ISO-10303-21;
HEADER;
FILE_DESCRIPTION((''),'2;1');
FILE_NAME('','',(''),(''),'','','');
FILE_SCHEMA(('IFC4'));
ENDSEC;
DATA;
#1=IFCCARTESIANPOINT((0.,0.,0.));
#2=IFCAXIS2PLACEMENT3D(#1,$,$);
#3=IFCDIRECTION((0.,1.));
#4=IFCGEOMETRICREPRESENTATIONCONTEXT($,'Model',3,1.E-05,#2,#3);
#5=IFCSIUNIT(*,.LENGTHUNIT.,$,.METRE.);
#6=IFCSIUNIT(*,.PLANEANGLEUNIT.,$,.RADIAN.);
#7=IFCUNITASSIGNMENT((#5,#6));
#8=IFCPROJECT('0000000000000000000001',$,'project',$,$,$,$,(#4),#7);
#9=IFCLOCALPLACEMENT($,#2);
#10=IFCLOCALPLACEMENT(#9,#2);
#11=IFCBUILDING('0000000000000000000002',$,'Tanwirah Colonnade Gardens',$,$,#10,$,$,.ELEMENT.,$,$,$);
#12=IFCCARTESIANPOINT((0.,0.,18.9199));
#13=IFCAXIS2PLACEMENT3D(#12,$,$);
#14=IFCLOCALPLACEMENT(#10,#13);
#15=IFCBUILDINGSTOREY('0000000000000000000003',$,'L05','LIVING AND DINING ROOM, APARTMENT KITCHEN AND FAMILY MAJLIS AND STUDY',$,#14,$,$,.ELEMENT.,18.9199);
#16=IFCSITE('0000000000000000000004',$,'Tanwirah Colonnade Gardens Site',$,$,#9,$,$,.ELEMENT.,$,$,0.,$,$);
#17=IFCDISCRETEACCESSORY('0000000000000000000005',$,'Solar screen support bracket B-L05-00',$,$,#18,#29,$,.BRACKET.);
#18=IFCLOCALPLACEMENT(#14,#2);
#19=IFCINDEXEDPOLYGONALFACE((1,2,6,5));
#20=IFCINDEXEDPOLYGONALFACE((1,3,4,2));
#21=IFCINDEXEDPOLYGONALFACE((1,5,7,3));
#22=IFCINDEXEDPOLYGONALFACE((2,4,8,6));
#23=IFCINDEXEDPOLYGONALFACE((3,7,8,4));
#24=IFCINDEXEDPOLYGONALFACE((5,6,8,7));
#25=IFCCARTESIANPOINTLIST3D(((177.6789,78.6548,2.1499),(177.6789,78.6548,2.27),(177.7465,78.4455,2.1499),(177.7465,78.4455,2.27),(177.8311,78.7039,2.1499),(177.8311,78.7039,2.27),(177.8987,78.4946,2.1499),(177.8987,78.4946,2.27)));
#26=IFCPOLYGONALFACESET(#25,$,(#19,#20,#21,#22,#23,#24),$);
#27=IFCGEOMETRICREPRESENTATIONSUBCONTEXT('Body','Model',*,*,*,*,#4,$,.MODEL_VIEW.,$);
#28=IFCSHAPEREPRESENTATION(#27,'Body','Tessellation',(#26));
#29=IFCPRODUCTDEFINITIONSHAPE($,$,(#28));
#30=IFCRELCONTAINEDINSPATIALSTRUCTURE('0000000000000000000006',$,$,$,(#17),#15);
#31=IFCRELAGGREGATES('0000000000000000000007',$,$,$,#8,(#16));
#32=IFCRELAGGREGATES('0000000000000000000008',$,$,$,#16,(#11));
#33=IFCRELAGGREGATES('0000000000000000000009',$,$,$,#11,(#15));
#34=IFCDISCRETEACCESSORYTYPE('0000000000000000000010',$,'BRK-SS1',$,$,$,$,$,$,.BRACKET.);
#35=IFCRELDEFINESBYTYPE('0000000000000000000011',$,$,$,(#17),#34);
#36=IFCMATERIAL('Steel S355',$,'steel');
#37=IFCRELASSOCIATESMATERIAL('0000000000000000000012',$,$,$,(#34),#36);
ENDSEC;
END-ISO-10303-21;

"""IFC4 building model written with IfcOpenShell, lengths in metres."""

from ifc_helpers import new_model, si_unit, direction, frame, origin, origin_2d, place, context, subcontext, project, spatial, rectangle, extrude, material, type_object, element, save


model = new_model("IFC4")

# Units and contexts
model_context = context("Model", 3, precision=1e-05, world=origin(), true_north=direction((0.0, 1.0)))
body_context = subcontext(model_context, "Body", "Model", "MODEL_VIEW")
ifc_project = project(units=[si_unit("LENGTHUNIT", "METRE"), si_unit("PLANEANGLEUNIT", "RADIAN")], contexts=[model_context])

# Site, building, storey
site_placement = place(None, origin())
site = spatial("IfcSite", under=ifc_project, at=site_placement, Name="Tanwirah Colonnade Gardens Site", CompositionType="ELEMENT", RefElevation=0.0)
building_placement = place(site_placement, origin())
building = spatial("IfcBuilding", under=site, at=building_placement, Name="Tanwirah Colonnade Gardens", CompositionType="ELEMENT")
storey_placement = place(building_placement, frame((0.0, 0.0, 18.9199)))
storey = spatial("IfcBuildingStorey", under=building, at=storey_placement, Name="L05", Description="LIVING AND DINING ROOM, APARTMENT KITCHEN AND FAMILY MAJLIS AND STUDY", CompositionType="ELEMENT", Elevation=18.9199)

# Discrete accessory
ifc_material_1 = material(Name="Steel S355", Category="steel")
discrete_accessory_type = type_object("IfcDiscreteAccessoryType", Name="BRK-SS1", PredefinedType="BRACKET", material=ifc_material_1)
discrete_accessory_placement = place(storey_placement, frame((177.7888, 78.5747, 2.1499), z_axis=(0.0, 0.0, 1.0), x_axis=(-0.307172, 0.951654, 0.0)))
element("IfcDiscreteAccessory", 1, at=discrete_accessory_placement, inside=storey, type_object=discrete_accessory_type, Name="Solar screen support bracket B-L05-00", PredefinedType="BRACKET", context=body_context, shape_type="SweptSolid", body=[
    extrude(rectangle(XDim=0.22, YDim=0.1599, at=origin_2d()), origin(), (0.0, 0.0, 1.0), 0.1201),
])

save(model, "model.ifc")
